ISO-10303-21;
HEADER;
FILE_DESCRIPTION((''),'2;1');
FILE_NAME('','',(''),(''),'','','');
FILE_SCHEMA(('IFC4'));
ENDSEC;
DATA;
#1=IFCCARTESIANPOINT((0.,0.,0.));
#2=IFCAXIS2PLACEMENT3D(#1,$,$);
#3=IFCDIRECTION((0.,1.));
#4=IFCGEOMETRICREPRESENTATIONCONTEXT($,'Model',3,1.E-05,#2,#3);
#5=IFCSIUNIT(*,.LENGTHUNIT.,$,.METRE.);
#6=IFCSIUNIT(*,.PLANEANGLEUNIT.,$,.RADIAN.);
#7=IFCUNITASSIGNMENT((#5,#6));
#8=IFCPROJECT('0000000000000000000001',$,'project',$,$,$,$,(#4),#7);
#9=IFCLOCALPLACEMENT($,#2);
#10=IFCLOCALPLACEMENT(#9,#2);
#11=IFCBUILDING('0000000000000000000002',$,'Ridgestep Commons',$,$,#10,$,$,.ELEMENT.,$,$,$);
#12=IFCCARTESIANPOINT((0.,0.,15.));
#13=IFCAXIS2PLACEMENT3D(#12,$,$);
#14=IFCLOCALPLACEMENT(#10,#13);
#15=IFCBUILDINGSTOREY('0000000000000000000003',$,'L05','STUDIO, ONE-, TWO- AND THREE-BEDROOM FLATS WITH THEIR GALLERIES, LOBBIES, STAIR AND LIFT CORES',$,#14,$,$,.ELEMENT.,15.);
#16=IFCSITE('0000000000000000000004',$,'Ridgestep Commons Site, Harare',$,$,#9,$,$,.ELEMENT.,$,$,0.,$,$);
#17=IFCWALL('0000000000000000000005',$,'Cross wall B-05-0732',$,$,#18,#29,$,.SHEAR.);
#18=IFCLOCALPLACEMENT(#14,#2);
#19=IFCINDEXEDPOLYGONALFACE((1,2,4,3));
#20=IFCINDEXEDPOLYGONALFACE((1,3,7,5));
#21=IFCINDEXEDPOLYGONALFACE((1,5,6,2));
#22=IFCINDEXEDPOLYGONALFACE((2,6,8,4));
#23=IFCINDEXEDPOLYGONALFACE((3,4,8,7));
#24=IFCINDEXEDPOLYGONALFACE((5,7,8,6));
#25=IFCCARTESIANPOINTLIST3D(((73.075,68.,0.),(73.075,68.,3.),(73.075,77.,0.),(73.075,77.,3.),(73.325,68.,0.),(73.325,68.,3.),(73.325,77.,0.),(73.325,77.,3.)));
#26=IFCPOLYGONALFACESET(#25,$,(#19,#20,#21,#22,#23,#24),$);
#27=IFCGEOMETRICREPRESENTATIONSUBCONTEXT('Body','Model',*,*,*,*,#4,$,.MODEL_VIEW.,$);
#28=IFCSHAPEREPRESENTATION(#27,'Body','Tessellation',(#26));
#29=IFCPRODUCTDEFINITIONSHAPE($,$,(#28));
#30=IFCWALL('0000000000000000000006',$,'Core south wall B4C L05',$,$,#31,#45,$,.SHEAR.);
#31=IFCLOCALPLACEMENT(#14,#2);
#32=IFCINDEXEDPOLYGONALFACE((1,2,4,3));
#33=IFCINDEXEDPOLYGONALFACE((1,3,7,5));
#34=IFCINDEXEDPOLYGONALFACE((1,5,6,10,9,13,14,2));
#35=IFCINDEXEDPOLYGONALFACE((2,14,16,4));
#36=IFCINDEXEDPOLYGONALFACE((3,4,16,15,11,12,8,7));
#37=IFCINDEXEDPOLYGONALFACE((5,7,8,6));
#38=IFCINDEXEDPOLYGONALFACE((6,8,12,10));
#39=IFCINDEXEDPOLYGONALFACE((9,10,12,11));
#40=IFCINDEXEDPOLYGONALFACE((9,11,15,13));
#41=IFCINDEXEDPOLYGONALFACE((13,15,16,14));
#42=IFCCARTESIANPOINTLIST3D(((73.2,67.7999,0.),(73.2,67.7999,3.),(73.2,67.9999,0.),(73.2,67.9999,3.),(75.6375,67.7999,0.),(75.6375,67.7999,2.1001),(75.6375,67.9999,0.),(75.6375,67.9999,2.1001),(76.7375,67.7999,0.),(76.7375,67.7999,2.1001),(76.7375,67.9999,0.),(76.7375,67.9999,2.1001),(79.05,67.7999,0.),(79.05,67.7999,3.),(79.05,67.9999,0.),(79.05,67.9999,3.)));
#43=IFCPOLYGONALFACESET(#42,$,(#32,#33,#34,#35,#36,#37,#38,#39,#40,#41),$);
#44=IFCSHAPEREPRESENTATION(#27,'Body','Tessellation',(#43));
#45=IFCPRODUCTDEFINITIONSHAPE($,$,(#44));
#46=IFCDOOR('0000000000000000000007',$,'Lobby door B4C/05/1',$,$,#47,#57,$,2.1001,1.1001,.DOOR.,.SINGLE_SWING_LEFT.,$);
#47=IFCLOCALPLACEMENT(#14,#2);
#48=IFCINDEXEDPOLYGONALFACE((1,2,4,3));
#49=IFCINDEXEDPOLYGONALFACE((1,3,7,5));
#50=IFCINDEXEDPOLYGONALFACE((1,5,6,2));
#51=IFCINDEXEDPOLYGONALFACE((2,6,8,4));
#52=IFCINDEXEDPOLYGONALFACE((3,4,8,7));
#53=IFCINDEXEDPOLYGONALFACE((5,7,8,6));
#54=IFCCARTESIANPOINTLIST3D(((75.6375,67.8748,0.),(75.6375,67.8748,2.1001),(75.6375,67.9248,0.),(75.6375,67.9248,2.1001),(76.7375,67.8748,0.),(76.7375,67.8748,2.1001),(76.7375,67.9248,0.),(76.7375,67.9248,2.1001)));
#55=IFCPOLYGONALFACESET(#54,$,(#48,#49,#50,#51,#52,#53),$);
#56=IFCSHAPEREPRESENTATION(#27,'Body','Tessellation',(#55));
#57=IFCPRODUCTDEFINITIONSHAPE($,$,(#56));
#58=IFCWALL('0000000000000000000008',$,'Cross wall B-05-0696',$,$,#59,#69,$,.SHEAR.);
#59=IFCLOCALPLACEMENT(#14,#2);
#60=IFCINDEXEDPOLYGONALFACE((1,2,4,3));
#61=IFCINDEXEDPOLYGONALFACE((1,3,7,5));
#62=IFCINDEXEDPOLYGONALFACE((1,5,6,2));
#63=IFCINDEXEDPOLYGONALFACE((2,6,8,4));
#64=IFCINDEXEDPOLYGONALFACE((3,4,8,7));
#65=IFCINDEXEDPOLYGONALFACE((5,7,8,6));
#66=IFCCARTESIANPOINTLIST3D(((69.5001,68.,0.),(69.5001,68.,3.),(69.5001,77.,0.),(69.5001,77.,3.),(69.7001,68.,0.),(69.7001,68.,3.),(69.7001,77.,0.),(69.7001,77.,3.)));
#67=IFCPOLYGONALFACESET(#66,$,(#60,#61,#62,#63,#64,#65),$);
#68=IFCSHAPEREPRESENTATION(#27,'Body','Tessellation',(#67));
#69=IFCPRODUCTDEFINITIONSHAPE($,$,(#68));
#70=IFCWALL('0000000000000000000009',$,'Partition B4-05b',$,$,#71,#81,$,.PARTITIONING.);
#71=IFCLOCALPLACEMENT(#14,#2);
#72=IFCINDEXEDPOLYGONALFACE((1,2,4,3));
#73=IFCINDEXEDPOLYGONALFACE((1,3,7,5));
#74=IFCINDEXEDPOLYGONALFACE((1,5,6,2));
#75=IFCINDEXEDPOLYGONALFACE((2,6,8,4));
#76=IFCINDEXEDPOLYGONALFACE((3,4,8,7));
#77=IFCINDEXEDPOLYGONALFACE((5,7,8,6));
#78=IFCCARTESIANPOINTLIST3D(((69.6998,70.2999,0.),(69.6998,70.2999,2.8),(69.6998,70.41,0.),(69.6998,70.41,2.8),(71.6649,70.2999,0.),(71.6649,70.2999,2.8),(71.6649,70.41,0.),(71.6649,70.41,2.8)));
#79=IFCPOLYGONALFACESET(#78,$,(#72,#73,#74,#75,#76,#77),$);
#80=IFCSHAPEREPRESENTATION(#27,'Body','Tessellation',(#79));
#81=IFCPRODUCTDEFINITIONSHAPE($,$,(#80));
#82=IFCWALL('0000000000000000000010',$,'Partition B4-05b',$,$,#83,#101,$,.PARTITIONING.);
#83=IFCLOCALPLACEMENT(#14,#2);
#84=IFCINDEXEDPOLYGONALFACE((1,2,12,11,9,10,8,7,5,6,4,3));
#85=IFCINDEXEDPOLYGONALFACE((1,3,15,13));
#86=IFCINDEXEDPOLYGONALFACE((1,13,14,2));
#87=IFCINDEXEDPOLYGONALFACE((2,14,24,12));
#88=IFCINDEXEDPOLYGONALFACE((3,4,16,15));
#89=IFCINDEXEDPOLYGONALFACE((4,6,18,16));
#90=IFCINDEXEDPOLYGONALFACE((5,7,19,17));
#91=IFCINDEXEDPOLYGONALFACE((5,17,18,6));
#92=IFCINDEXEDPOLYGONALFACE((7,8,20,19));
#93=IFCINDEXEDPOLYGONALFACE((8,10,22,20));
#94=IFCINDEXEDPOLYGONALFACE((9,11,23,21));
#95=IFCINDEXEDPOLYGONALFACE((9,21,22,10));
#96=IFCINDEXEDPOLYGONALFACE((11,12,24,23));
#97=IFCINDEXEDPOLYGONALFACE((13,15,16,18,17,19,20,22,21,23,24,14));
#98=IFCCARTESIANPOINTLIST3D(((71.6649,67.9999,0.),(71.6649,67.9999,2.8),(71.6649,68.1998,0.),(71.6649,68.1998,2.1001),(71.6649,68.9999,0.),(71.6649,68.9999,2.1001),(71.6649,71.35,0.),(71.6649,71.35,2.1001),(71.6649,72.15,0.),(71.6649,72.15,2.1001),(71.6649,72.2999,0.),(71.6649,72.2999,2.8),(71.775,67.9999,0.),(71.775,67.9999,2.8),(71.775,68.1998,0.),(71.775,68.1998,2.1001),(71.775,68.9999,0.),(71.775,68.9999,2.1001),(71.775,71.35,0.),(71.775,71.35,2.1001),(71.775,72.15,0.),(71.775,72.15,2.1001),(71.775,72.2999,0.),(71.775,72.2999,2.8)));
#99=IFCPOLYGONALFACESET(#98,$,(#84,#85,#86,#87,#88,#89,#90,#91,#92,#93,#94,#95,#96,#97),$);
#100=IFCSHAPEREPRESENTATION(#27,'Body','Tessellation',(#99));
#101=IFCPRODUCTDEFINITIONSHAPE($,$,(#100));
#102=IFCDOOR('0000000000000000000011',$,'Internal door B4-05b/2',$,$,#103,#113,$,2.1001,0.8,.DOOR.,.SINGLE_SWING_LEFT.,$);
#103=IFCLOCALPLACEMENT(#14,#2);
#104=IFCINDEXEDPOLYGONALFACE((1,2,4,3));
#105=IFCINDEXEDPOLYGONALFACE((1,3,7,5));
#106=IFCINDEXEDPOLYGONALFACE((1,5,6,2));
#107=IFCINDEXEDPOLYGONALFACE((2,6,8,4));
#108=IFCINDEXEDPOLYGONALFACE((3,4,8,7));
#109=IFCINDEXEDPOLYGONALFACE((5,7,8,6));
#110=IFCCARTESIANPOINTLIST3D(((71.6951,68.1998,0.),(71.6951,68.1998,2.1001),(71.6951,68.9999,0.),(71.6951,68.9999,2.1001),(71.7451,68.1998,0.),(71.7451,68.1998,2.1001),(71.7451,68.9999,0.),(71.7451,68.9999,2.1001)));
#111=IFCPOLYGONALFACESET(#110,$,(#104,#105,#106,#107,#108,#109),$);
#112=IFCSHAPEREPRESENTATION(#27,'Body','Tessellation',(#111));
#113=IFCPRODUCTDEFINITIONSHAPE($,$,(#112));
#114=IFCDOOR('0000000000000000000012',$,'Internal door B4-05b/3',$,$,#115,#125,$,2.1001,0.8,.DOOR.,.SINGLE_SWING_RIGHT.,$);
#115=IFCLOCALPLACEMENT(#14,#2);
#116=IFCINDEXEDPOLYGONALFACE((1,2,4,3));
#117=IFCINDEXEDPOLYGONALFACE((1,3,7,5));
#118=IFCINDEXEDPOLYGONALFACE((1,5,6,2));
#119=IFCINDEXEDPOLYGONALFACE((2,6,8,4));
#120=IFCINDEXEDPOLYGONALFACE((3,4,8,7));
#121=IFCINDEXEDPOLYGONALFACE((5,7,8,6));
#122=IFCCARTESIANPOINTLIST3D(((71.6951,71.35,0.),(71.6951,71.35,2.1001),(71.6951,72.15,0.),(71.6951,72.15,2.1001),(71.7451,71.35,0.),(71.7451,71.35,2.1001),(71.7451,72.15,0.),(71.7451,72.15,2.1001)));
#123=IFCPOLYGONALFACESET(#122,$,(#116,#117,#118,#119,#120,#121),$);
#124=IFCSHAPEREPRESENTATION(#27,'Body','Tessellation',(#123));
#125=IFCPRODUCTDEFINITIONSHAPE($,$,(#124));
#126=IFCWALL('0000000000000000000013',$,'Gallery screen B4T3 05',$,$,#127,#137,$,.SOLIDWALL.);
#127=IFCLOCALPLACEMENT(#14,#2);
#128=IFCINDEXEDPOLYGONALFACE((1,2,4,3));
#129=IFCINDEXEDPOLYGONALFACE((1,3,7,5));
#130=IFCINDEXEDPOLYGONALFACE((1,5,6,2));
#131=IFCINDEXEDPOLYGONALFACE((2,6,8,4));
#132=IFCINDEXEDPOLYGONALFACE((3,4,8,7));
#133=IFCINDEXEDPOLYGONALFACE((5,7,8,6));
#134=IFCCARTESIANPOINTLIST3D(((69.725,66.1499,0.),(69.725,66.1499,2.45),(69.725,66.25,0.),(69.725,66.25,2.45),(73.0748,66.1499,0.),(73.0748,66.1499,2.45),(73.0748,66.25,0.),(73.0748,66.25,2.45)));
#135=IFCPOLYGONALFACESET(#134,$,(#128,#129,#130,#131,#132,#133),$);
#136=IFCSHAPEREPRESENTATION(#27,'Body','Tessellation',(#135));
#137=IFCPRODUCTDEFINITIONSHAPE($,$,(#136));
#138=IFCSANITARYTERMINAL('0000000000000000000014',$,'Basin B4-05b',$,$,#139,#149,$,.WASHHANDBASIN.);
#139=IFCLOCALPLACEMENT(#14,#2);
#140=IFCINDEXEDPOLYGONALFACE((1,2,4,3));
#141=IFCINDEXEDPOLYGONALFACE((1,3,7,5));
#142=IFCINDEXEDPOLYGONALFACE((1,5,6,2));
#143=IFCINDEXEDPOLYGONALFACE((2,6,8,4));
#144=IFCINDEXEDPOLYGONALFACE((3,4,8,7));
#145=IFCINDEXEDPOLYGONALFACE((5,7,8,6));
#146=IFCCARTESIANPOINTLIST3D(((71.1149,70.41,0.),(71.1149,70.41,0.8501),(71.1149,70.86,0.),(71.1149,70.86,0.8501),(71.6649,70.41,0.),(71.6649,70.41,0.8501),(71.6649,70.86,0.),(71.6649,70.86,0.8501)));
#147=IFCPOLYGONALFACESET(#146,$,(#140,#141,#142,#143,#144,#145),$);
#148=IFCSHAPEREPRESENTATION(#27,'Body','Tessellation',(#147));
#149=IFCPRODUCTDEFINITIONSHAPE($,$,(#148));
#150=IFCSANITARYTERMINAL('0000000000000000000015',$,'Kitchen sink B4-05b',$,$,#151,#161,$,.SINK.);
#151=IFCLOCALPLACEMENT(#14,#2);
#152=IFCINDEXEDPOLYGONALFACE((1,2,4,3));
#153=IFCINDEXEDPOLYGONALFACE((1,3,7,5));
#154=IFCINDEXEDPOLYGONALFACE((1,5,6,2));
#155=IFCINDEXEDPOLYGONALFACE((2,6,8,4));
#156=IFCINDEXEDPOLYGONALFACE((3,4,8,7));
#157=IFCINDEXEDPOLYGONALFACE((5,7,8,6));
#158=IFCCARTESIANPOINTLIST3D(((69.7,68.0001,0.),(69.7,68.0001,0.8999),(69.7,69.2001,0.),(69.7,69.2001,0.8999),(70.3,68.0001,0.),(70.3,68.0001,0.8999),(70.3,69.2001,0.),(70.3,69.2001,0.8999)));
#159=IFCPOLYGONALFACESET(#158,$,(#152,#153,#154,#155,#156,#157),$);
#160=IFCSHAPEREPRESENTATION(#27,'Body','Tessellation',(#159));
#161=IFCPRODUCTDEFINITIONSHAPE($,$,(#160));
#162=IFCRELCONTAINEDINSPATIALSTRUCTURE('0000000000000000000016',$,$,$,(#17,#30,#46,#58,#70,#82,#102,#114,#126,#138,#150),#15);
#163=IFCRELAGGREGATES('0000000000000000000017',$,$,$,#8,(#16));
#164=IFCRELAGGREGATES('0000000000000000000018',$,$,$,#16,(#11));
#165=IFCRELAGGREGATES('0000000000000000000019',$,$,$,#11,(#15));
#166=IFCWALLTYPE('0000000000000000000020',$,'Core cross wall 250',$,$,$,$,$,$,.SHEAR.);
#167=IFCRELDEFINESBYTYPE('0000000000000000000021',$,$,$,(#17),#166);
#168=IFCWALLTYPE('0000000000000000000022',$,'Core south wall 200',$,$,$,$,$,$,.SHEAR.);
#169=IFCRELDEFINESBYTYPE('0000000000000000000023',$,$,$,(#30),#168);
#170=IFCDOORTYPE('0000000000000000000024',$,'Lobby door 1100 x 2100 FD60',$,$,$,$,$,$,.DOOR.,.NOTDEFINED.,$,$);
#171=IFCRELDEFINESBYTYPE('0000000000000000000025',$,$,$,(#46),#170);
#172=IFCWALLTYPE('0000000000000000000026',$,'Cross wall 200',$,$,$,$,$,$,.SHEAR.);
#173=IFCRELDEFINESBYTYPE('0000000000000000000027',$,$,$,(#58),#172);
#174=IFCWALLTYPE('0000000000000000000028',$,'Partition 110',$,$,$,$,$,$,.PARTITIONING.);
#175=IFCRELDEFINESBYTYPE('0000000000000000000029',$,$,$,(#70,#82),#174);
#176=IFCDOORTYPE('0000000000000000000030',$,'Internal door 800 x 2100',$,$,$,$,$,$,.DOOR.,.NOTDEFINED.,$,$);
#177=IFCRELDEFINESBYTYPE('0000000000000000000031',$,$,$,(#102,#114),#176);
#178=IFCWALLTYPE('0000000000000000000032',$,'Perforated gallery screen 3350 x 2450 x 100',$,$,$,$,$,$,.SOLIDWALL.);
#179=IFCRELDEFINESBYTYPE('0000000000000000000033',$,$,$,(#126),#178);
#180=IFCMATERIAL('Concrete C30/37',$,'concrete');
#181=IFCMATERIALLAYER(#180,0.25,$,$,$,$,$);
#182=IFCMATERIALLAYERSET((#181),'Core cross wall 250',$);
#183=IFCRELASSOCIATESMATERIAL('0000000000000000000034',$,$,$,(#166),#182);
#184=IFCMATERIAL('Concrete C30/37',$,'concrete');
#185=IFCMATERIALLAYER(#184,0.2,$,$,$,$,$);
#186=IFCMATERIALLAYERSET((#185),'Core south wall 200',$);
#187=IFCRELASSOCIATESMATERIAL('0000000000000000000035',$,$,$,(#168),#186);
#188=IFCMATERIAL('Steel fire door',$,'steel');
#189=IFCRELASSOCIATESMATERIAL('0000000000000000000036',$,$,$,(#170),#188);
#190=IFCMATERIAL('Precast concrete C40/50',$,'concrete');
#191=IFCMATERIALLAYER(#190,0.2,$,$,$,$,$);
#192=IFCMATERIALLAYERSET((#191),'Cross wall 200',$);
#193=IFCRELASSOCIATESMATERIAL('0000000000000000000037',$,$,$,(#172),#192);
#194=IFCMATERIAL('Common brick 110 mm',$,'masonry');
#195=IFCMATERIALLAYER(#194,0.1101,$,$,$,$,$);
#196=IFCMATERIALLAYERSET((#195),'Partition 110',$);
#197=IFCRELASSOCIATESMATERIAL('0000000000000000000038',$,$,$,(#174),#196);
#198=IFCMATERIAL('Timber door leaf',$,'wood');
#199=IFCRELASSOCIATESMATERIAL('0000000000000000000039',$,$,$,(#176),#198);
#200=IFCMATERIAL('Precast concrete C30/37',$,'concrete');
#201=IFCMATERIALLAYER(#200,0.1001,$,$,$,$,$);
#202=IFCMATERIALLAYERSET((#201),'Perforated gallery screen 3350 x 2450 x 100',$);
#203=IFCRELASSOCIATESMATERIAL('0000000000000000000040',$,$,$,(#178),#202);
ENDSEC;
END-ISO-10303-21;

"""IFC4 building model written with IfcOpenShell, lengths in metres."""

from ifc_helpers import new_model, si_unit, direction, frame, frame_2d, origin, origin_2d, place, context, subcontext, project, spatial, rectangle, extrude, material, layer, layer_set, type_object, element, fill, save


model = new_model("IFC4")

# Units and contexts
model_context = context("Model", 3, precision=1e-05, world=origin(), true_north=direction((0.0, 1.0)))
body_context = subcontext(model_context, "Body", "Model", "MODEL_VIEW")
ifc_project = project(units=[si_unit("LENGTHUNIT", "METRE"), si_unit("PLANEANGLEUNIT", "RADIAN")], contexts=[model_context])

# Site, building, storey
site_placement = place(None, origin())
site = spatial("IfcSite", under=ifc_project, at=site_placement, Name="Ridgestep Commons Site, Harare", CompositionType="ELEMENT", RefElevation=0.0)
building_placement = place(site_placement, origin())
building = spatial("IfcBuilding", under=site, at=building_placement, Name="Ridgestep Commons", CompositionType="ELEMENT")
storey_placement = place(building_placement, frame((0.0, 0.0, 15.0)))
storey = spatial("IfcBuildingStorey", under=building, at=storey_placement, Name="L05", Description="STUDIO, ONE-, TWO- AND THREE-BEDROOM FLATS WITH THEIR GALLERIES, LOBBIES, STAIR AND LIFT CORES", CompositionType="ELEMENT", Elevation=15.0)

# Wall
ifc_material_1 = material(Name="Concrete C30/37", Category="concrete")
ifc_layer_1 = layer(ifc_material_1, 0.25)
ifc_layer_set_1 = layer_set([ifc_layer_1], Name="Core cross wall 250")
wall_type_1 = type_object("IfcWallType", Name="Core cross wall 250", PredefinedType="SHEAR", material=ifc_layer_set_1)
wall_1_placement = place(storey_placement, frame((73.2, 68.0, 0.0), z_axis=(0.0, 0.0, 1.0), x_axis=(0.0, 1.0, 0.0)))
element("IfcWall", 1, at=wall_1_placement, inside=storey, type_object=wall_type_1, Name="Cross wall B-05-0732", PredefinedType="SHEAR", context=body_context, shape_type="SweptSolid", body=[
    extrude(rectangle(XDim=9.0, YDim=0.25, at=frame_2d((4.5, 0.0))), origin(), (0.0, 0.0, 1.0), 3.0),
])

# Wall, opening, door
ifc_material_2 = material(Name="Concrete C30/37", Category="concrete")
ifc_layer_2 = layer(ifc_material_2, 0.2)
ifc_layer_set_2 = layer_set([ifc_layer_2], Name="Core south wall 200")
wall_type_2 = type_object("IfcWallType", Name="Core south wall 200", PredefinedType="SHEAR", material=ifc_layer_set_2)
wall_2_placement = place(storey_placement, frame((73.2, 67.8999, 0.0), z_axis=(0.0, 0.0, 1.0), x_axis=(1.0, 0.0, 0.0)))
wall_2 = element("IfcWall", 2, at=wall_2_placement, inside=storey, type_object=wall_type_2, Name="Core south wall B4C L05", PredefinedType="SHEAR", context=body_context, shape_type="SweptSolid", body=[
    extrude(rectangle(XDim=5.8501, YDim=0.2, at=frame_2d((2.925, 0.0))), origin(), (0.0, 0.0, 1.0), 3.0),
])
opening_1_placement = place(wall_2_placement, frame((2.4375, 0.0, 0.0)))
opening_1 = element("IfcOpeningElement", 3, at=opening_1_placement, cuts=wall_2, PredefinedType="OPENING", context=body_context, shape_type="SweptSolid", body=[
    extrude(rectangle(XDim=1.1001, YDim=2.1001, at=frame_2d((0.55, 1.05))), frame((0.0, 0.1099, 0.0), z_axis=(0.0, -1.0, 0.0), x_axis=(1.0, 0.0, 0.0)), (0.0, 0.0, 1.0), 0.22),
])
ifc_material_3 = material(Name="Steel fire door", Category="steel")
door_type_1 = type_object("IfcDoorType", Name="Lobby door 1100 x 2100 FD60", OperationType="NOTDEFINED", PredefinedType="DOOR", material=ifc_material_3)
door_1_placement = place(opening_1_placement, origin())
door_1 = element("IfcDoor", 4, at=door_1_placement, inside=storey, type_object=door_type_1, Name="Lobby door B4C/05/1", OperationType="SINGLE_SWING_LEFT", OverallHeight=2.1001, OverallWidth=1.1001, PredefinedType="DOOR", context=body_context, shape_type="SweptSolid", body=[
    extrude(rectangle(XDim=1.1001, YDim=2.1001, at=frame_2d((0.55, 1.05))), frame((0.0, 0.0249, 0.0), z_axis=(0.0, -1.0, 0.0), x_axis=(1.0, 0.0, 0.0)), (0.0, 0.0, 1.0), 0.05),
])
fill(opening_1, door_1)

# Walls
ifc_material_4 = material(Name="Precast concrete C40/50", Category="concrete")
ifc_layer_3 = layer(ifc_material_4, 0.2)
ifc_layer_set_3 = layer_set([ifc_layer_3], Name="Cross wall 200")
wall_type_3 = type_object("IfcWallType", Name="Cross wall 200", PredefinedType="SHEAR", material=ifc_layer_set_3)
wall_3_placement = place(storey_placement, frame((69.6001, 68.0, 0.0), z_axis=(0.0, 0.0, 1.0), x_axis=(0.0, 1.0, 0.0)))
element("IfcWall", 5, at=wall_3_placement, inside=storey, type_object=wall_type_3, Name="Cross wall B-05-0696", PredefinedType="SHEAR", context=body_context, shape_type="SweptSolid", body=[
    extrude(rectangle(XDim=9.0, YDim=0.2, at=frame_2d((4.5, 0.0))), origin(), (0.0, 0.0, 1.0), 3.0),
])
ifc_material_5 = material(Name="Common brick 110 mm", Category="masonry")
ifc_layer_4 = layer(ifc_material_5, 0.1101)
ifc_layer_set_4 = layer_set([ifc_layer_4], Name="Partition 110")
wall_type_4 = type_object("IfcWallType", Name="Partition 110", PredefinedType="PARTITIONING", material=ifc_layer_set_4)
wall_4_placement = place(storey_placement, frame((69.7, 70.355, 0.0), z_axis=(0.0, 0.0, 1.0), x_axis=(1.0, 0.0, 0.0)))
element("IfcWall", 6, at=wall_4_placement, inside=storey, type_object=wall_type_4, Name="Partition B4-05b", PredefinedType="PARTITIONING", context=body_context, shape_type="SweptSolid", body=[
    extrude(rectangle(XDim=1.9651, YDim=0.1101, at=frame_2d((0.9824, 0.0))), origin(), (0.0, 0.0, 1.0), 2.8),
])

# Wall, openings, doors
wall_5_placement = place(storey_placement, frame((71.72, 68.0, 0.0), z_axis=(0.0, 0.0, 1.0), x_axis=(0.0, 1.0, 0.0)))
wall_5 = element("IfcWall", 7, at=wall_5_placement, inside=storey, type_object=wall_type_4, Name="Partition B4-05b", PredefinedType="PARTITIONING", context=body_context, shape_type="SweptSolid", body=[
    extrude(rectangle(XDim=4.3, YDim=0.1101, at=frame_2d((2.1499, 0.0))), origin(), (0.0, 0.0, 1.0), 2.8),
])
opening_2_placement = place(wall_5_placement, frame((0.2, 0.0, 0.0)))
opening_2 = element("IfcOpeningElement", 8, at=opening_2_placement, cuts=wall_5, PredefinedType="OPENING", context=body_context, shape_type="SweptSolid", body=[
    extrude(rectangle(XDim=0.8, YDim=2.1001, at=frame_2d((0.3999, 1.05))), frame((0.0, 0.0649, 0.0), z_axis=(0.0, -1.0, 0.0), x_axis=(1.0, 0.0, 0.0)), (0.0, 0.0, 1.0), 0.1301),
])
opening_3_placement = place(wall_5_placement, frame((3.3501, 0.0, 0.0)))
opening_3 = element("IfcOpeningElement", 9, at=opening_3_placement, cuts=wall_5, PredefinedType="OPENING", context=body_context, shape_type="SweptSolid", body=[
    extrude(rectangle(XDim=0.8, YDim=2.1001, at=frame_2d((0.3999, 1.05))), frame((0.0, 0.0649, 0.0), z_axis=(0.0, -1.0, 0.0), x_axis=(1.0, 0.0, 0.0)), (0.0, 0.0, 1.0), 0.1301),
])
ifc_material_6 = material(Name="Timber door leaf", Category="wood")
door_type_2 = type_object("IfcDoorType", Name="Internal door 800 x 2100", OperationType="NOTDEFINED", PredefinedType="DOOR", material=ifc_material_6)
door_2_placement = place(opening_2_placement, origin())
door_2 = element("IfcDoor", 10, at=door_2_placement, inside=storey, type_object=door_type_2, Name="Internal door B4-05b/2", OperationType="SINGLE_SWING_LEFT", OverallHeight=2.1001, OverallWidth=0.8, PredefinedType="DOOR", context=body_context, shape_type="SweptSolid", body=[
    extrude(rectangle(XDim=0.8, YDim=2.1001, at=frame_2d((0.3999, 1.05))), frame((0.0, 0.0249, 0.0), z_axis=(0.0, -1.0, 0.0), x_axis=(1.0, 0.0, 0.0)), (0.0, 0.0, 1.0), 0.05),
])
fill(opening_2, door_2)
door_3_placement = place(opening_3_placement, origin())
door_3 = element("IfcDoor", 11, at=door_3_placement, inside=storey, type_object=door_type_2, Name="Internal door B4-05b/3", OperationType="SINGLE_SWING_RIGHT", OverallHeight=2.1001, OverallWidth=0.8, PredefinedType="DOOR", context=body_context, shape_type="SweptSolid", body=[
    extrude(rectangle(XDim=0.8, YDim=2.1001, at=frame_2d((0.3999, 1.05))), frame((0.0, 0.0249, 0.0), z_axis=(0.0, -1.0, 0.0), x_axis=(1.0, 0.0, 0.0)), (0.0, 0.0, 1.0), 0.05),
])
fill(opening_3, door_3)

# Wall
ifc_material_7 = material(Name="Precast concrete C30/37", Category="concrete")
ifc_layer_5 = layer(ifc_material_7, 0.1001)
ifc_layer_set_5 = layer_set([ifc_layer_5], Name="Perforated gallery screen 3350 x 2450 x 100")
wall_type_5 = type_object("IfcWallType", Name="Perforated gallery screen 3350 x 2450 x 100", PredefinedType="SOLIDWALL", material=ifc_layer_set_5)
wall_6_placement = place(storey_placement, frame((69.7251, 66.2, 0.0), z_axis=(0.0, 0.0, 1.0), x_axis=(1.0, 0.0, 0.0)))
element("IfcWall", 12, at=wall_6_placement, inside=storey, type_object=wall_type_5, Name="Gallery screen B4T3 05", PredefinedType="SOLIDWALL", context=body_context, shape_type="SweptSolid", body=[
    extrude(rectangle(XDim=3.3499, YDim=0.1001, at=frame_2d((1.6748, 0.0))), origin(), (0.0, 0.0, 1.0), 2.45),
])

# Sanitary terminals
sanitary_terminal_1_placement = place(storey_placement, frame((71.3899, 70.635, 0.0), z_axis=(0.0, 0.0, 1.0), x_axis=(1.0, 0.0, 0.0)))
element("IfcSanitaryTerminal", 13, at=sanitary_terminal_1_placement, inside=storey, Name="Basin B4-05b", PredefinedType="WASHHANDBASIN", context=body_context, shape_type="SweptSolid", body=[
    extrude(rectangle(XDim=0.55, YDim=0.45, at=origin_2d()), origin(), (0.0, 0.0, 1.0), 0.8501),
])
sanitary_terminal_2_placement = place(storey_placement, frame((70.0, 68.6001, 0.0), z_axis=(0.0, 0.0, 1.0), x_axis=(1.0, 0.0, 0.0)))
element("IfcSanitaryTerminal", 14, at=sanitary_terminal_2_placement, inside=storey, Name="Kitchen sink B4-05b", PredefinedType="SINK", context=body_context, shape_type="SweptSolid", body=[
    extrude(rectangle(XDim=0.6001, YDim=1.2, at=origin_2d()), origin(), (0.0, 0.0, 1.0), 0.8999),
])

save(model, "model.ifc")
